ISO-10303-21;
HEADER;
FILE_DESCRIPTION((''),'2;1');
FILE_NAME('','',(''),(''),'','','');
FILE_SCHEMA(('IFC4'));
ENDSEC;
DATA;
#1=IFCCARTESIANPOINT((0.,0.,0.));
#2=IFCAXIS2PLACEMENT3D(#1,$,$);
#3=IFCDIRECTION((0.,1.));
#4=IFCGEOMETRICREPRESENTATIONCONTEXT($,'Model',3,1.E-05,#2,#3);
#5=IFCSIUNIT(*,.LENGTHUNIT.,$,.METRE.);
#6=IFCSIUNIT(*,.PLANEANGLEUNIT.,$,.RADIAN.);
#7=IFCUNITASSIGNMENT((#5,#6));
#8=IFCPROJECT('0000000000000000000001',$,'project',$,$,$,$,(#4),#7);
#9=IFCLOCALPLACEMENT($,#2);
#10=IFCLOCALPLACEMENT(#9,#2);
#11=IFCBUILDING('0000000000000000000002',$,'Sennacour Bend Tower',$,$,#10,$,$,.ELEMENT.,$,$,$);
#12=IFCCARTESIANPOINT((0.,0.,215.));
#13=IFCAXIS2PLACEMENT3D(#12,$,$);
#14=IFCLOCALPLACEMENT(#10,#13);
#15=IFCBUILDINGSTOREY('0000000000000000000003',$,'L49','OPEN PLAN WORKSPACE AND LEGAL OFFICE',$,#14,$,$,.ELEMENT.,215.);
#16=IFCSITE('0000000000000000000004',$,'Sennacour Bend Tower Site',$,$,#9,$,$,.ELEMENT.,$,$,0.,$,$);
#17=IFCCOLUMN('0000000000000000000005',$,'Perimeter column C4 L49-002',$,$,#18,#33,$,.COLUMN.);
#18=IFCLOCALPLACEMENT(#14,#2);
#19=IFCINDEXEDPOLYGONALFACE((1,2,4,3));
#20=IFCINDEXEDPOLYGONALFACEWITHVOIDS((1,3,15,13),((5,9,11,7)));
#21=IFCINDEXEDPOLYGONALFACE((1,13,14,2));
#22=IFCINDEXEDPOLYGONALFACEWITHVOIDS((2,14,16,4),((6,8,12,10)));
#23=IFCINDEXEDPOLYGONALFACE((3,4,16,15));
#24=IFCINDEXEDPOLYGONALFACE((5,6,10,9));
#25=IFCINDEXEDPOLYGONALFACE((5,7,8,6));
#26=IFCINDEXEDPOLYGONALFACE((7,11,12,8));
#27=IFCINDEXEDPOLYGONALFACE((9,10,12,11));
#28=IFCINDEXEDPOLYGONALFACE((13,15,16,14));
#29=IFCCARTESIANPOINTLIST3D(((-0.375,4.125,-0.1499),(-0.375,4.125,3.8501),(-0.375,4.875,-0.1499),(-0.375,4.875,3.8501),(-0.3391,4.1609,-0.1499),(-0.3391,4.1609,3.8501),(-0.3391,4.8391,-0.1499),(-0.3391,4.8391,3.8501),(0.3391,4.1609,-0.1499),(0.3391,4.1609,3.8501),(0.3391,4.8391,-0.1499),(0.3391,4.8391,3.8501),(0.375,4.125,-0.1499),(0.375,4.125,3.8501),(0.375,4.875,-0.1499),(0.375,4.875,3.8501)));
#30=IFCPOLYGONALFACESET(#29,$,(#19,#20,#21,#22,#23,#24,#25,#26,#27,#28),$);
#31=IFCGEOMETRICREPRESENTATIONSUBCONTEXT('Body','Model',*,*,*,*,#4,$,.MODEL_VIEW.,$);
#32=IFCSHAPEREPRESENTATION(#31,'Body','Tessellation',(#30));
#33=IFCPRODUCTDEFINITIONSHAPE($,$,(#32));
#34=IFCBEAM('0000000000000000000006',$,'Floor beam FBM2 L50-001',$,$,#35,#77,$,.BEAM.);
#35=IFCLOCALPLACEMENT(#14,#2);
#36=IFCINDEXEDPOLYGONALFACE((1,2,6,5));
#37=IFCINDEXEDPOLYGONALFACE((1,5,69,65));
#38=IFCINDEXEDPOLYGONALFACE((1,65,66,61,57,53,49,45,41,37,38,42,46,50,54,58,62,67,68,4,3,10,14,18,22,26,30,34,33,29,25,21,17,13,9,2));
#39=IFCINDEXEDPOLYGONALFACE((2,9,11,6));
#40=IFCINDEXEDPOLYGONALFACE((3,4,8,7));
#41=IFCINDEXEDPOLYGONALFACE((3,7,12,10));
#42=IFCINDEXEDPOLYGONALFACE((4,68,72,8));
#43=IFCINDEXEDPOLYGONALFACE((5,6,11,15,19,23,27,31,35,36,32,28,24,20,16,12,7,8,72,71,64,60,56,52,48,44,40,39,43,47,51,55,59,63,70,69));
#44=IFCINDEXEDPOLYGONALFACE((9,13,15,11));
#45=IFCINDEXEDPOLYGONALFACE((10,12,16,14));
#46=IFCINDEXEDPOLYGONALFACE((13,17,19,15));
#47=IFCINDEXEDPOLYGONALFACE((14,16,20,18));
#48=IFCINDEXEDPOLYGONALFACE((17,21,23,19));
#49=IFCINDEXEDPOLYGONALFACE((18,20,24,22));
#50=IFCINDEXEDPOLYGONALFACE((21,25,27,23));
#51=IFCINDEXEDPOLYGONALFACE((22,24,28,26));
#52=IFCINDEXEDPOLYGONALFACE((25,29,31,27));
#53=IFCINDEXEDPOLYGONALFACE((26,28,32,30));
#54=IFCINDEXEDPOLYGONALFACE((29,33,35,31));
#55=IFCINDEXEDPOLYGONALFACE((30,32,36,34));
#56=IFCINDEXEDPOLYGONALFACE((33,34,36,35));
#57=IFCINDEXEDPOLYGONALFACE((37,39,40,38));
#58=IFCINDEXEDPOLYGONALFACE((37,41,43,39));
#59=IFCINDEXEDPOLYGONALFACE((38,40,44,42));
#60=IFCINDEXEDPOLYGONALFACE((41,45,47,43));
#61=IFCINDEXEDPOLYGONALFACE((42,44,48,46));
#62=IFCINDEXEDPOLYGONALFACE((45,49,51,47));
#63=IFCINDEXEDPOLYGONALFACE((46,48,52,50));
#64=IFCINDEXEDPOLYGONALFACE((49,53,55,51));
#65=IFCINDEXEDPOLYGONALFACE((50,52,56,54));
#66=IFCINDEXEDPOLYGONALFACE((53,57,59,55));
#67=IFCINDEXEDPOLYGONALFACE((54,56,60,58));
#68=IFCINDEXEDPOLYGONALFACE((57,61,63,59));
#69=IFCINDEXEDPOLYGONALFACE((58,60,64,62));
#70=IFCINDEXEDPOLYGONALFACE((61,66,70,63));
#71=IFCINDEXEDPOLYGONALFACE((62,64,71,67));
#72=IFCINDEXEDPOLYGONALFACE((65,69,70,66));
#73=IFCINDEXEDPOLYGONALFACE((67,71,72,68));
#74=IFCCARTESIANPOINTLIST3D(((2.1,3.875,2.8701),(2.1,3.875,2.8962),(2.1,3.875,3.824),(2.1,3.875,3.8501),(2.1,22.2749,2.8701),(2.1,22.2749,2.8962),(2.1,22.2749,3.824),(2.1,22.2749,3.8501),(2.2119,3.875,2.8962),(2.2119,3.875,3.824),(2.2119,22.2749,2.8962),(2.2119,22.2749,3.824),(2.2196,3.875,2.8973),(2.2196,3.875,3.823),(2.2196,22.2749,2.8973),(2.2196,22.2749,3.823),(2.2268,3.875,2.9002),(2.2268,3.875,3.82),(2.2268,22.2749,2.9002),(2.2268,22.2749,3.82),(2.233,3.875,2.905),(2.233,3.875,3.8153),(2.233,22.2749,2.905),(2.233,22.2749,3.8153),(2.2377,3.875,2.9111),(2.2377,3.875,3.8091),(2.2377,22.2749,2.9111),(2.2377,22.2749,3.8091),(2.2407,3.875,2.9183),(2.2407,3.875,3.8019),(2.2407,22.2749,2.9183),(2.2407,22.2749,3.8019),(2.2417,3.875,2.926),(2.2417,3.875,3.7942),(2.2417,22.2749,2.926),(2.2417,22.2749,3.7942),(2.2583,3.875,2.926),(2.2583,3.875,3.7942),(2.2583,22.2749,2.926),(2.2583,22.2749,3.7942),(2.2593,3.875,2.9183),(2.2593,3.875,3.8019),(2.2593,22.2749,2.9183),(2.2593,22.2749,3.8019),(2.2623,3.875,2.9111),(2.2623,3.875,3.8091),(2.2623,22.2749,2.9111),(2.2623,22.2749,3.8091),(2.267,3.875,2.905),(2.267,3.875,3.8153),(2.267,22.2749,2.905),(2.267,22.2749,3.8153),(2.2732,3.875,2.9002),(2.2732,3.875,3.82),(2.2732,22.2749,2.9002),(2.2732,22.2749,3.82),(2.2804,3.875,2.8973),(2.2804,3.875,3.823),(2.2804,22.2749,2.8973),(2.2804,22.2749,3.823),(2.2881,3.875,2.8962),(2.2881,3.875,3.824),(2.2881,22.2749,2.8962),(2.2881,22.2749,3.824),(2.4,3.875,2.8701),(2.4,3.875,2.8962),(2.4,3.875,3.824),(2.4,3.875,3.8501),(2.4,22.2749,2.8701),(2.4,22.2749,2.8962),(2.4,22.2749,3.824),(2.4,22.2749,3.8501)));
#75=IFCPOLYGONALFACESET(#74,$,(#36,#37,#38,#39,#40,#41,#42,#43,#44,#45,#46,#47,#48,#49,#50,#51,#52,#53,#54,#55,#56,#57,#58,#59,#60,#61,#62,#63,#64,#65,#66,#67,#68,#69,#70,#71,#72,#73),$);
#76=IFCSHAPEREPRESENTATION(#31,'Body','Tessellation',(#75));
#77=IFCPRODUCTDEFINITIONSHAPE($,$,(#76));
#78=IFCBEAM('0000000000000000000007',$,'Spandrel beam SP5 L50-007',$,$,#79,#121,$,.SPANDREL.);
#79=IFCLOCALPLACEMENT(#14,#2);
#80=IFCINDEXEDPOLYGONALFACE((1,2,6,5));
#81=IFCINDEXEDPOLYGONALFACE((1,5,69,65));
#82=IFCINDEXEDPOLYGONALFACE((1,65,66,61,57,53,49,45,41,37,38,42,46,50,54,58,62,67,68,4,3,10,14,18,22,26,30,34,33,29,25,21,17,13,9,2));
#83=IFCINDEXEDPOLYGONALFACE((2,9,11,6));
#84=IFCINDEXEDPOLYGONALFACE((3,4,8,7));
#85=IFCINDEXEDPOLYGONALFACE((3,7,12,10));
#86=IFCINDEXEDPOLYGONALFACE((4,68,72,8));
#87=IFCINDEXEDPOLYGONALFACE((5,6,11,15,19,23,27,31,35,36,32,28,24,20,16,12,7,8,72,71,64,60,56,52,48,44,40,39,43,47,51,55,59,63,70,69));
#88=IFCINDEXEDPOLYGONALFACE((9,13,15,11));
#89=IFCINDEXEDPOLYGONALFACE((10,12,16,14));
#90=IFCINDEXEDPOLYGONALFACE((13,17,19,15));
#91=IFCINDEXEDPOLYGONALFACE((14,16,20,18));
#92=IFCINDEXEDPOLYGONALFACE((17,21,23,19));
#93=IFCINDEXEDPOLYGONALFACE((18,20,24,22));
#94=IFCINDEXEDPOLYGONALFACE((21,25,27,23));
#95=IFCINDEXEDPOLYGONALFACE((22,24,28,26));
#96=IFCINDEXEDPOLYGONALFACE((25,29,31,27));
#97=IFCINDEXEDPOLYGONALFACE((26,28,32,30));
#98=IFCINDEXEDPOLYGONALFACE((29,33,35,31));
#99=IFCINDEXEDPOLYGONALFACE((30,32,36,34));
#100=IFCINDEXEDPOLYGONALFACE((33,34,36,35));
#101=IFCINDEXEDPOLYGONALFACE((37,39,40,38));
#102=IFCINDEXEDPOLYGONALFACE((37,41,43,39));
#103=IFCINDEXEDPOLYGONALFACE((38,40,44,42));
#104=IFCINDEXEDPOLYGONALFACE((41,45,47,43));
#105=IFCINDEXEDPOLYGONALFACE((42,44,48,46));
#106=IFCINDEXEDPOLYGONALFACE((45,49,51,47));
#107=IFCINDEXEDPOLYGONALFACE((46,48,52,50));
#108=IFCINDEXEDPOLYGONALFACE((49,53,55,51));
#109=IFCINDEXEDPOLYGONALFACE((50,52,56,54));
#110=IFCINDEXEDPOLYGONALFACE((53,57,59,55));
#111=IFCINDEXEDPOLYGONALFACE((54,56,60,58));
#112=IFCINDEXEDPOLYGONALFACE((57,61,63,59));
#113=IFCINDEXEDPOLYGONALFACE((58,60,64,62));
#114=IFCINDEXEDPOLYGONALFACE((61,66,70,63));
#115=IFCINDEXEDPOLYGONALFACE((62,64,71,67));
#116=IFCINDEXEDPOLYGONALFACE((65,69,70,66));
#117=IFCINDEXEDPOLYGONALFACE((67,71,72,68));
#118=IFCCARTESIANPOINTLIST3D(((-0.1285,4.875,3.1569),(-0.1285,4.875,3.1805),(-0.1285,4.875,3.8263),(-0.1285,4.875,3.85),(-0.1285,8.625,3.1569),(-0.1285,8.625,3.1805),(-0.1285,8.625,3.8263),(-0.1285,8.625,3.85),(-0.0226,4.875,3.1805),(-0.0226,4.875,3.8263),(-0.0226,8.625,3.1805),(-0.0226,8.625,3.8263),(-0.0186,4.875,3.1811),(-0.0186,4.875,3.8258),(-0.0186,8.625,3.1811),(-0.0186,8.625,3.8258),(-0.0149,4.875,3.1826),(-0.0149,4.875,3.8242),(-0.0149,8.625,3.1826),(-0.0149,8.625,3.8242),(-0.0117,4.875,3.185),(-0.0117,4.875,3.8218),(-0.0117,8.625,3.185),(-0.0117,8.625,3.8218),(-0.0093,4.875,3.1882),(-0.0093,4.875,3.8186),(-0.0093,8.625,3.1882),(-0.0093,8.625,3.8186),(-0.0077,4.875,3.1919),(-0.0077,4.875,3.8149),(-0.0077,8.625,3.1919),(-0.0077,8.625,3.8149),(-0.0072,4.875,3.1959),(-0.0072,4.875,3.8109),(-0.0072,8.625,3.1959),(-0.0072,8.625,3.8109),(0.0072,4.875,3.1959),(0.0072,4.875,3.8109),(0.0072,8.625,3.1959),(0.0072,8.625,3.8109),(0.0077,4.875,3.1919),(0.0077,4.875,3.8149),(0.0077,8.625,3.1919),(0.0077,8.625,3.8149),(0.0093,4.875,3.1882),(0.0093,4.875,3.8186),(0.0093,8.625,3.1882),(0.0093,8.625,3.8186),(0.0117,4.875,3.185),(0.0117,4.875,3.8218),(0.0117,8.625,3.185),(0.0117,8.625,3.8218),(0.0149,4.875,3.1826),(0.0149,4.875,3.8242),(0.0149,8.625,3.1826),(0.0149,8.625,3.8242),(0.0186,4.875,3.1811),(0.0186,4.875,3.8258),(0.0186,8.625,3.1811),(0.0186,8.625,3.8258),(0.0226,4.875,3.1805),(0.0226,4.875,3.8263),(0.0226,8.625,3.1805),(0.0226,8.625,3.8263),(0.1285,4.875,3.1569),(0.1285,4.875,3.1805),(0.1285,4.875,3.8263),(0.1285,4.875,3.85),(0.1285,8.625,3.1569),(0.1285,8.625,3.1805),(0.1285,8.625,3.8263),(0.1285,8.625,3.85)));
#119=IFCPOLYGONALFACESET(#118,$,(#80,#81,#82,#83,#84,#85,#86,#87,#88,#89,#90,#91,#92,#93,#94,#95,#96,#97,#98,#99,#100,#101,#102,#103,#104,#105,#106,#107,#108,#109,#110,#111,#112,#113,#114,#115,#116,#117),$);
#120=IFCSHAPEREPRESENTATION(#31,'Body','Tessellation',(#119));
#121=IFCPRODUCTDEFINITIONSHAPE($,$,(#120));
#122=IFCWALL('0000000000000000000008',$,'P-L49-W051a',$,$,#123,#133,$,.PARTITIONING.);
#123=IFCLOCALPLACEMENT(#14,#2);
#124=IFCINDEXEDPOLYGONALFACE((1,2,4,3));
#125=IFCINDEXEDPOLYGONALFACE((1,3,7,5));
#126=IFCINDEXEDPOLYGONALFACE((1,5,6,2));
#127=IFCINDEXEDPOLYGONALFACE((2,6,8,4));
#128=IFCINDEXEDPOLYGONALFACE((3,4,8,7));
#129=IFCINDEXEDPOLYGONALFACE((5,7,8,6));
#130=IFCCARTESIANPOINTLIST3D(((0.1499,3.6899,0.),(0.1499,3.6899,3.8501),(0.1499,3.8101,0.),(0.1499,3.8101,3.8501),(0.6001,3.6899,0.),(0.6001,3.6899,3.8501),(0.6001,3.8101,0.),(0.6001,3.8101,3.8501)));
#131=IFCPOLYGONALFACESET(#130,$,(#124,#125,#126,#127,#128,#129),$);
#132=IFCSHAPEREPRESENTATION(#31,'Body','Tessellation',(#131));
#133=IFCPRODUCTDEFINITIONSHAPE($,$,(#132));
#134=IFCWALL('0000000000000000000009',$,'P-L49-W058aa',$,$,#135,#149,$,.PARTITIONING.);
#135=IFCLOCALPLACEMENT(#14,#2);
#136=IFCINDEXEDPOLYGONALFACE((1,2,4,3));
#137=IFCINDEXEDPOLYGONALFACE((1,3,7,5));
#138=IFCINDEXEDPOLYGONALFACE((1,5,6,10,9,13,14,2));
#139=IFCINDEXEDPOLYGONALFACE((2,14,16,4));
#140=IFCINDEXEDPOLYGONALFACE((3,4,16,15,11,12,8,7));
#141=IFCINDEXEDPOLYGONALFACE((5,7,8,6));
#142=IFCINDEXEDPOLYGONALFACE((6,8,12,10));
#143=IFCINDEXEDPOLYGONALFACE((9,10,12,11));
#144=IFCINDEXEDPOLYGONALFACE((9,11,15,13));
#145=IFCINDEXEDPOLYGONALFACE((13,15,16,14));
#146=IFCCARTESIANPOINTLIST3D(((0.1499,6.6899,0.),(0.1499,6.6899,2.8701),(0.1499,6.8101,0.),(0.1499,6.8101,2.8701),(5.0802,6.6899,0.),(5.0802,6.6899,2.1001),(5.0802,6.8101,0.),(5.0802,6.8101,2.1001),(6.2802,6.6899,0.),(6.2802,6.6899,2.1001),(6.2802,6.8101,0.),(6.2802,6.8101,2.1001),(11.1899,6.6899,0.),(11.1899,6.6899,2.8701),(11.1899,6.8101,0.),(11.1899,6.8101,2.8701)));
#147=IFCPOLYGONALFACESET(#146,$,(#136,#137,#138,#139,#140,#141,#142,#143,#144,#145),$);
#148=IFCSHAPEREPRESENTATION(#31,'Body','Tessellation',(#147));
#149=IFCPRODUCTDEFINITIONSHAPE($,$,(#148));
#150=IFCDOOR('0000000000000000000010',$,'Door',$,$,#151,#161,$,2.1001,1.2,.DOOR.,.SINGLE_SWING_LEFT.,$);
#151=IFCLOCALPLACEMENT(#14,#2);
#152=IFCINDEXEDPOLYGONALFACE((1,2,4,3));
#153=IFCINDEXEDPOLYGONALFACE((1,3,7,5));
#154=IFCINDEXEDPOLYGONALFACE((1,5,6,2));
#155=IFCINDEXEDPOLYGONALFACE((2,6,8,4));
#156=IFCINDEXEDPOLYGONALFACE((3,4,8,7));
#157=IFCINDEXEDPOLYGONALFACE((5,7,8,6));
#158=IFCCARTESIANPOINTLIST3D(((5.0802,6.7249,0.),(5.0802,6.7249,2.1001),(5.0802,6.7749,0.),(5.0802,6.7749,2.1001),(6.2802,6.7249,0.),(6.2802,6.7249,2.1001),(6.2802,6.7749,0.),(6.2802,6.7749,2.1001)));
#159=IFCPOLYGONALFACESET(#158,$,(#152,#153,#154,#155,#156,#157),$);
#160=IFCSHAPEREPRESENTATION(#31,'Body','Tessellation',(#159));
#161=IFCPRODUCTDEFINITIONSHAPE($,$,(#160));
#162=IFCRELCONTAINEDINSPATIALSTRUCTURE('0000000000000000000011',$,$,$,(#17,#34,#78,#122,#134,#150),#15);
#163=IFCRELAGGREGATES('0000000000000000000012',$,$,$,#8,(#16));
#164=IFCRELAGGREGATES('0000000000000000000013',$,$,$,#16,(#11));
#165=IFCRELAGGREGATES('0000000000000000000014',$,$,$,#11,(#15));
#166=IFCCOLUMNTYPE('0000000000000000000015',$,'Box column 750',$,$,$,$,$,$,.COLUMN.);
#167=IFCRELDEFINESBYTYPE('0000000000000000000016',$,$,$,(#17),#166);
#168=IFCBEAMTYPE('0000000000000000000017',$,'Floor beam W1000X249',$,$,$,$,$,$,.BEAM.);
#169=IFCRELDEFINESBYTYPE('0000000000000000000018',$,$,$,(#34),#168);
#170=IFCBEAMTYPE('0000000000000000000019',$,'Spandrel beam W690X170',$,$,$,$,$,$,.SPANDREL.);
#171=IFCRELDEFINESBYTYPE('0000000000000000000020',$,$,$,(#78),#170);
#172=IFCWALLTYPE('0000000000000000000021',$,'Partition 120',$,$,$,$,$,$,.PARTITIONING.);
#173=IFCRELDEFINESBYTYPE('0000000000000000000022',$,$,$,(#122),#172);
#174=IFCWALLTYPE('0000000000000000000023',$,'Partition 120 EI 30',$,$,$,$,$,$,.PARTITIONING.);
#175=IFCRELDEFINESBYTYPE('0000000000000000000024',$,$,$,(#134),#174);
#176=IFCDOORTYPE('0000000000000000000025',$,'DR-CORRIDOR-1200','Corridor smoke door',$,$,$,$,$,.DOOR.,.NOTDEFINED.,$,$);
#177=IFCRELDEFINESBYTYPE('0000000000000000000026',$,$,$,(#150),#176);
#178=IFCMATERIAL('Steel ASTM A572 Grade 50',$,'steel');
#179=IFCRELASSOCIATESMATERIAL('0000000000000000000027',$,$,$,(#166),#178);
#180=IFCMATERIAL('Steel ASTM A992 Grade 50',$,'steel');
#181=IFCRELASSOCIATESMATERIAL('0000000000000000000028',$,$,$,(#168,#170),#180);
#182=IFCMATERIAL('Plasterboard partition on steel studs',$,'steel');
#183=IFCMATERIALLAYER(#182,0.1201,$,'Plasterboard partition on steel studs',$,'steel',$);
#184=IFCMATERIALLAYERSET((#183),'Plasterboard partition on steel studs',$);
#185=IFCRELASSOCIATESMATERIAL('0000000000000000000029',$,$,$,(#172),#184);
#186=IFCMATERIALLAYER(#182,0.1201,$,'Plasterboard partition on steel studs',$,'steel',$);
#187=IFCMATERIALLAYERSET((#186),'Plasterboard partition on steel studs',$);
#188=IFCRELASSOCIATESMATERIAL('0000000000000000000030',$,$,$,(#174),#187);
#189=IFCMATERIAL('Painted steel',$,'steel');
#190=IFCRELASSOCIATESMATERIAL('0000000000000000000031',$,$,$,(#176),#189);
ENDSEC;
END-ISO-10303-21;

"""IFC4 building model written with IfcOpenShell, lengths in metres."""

from ifc_helpers import new_model, si_unit, direction, frame, frame_2d, origin, origin_2d, place, context, subcontext, project, spatial, rectangle, hollow_rectangle, i_section, extrude, material, layer, layer_set, material_profile, profile_set, type_object, element, fill, save


model = new_model("IFC4")

# Units and contexts
model_context = context("Model", 3, precision=1e-05, world=origin(), true_north=direction((0.0, 1.0)))
body_context = subcontext(model_context, "Body", "Model", "MODEL_VIEW")
ifc_project = project(units=[si_unit("LENGTHUNIT", "METRE"), si_unit("PLANEANGLEUNIT", "RADIAN")], contexts=[model_context])

# Site, building, storey
site_placement = place(None, origin())
site = spatial("IfcSite", under=ifc_project, at=site_placement, Name="Sennacour Bend Tower Site", CompositionType="ELEMENT", RefElevation=0.0)
building_placement = place(site_placement, origin())
building = spatial("IfcBuilding", under=site, at=building_placement, Name="Sennacour Bend Tower", CompositionType="ELEMENT")
storey_placement = place(building_placement, frame((0.0, 0.0, 215.0)))
storey = spatial("IfcBuildingStorey", under=building, at=storey_placement, Name="L49", Description="OPEN PLAN WORKSPACE AND LEGAL OFFICE", CompositionType="ELEMENT", Elevation=215.0)

# Column
ifc_material_1 = material(Name="Steel ASTM A572 Grade 50", Category="steel")
ifc_material_profile_1 = material_profile(ifc_material_1, hollow_rectangle(XDim=0.75, YDim=0.75, WallThickness=0.0359, at=origin_2d()), Name="Steel ASTM A572 Grade 50", Category="steel")
ifc_profile_set_1 = profile_set([ifc_material_profile_1], Name="Steel ASTM A572 Grade 50")
column_type = type_object("IfcColumnType", Name="Box column 750", PredefinedType="COLUMN", material=ifc_profile_set_1)
column_placement = place(storey_placement, frame((0.0, 4.5, -0.1499), z_axis=(0.0, 0.0, 1.0), x_axis=(1.0, 0.0, 0.0)))
element("IfcColumn", 1, at=column_placement, inside=storey, type_object=column_type, Name="Perimeter column C4 L49-002", PredefinedType="COLUMN", context=body_context, shape_type="SweptSolid", body=[
    extrude(hollow_rectangle(XDim=0.75, YDim=0.75, WallThickness=0.0359, at=origin_2d()), origin(), (0.0, 0.0, 1.0), 4.0),
])

# Beams
ifc_material_2 = material(Name="Steel ASTM A992 Grade 50", Category="steel")
ifc_material_profile_2 = material_profile(ifc_material_2, i_section(OverallWidth=0.3, OverallDepth=0.98, WebThickness=0.0166, FlangeThickness=0.0261, FilletRadius=0.0298, at=origin_2d()), Name="Steel ASTM A992 Grade 50", Category="steel")
ifc_profile_set_2 = profile_set([ifc_material_profile_2], Name="Steel ASTM A992 Grade 50")
beam_type_1 = type_object("IfcBeamType", Name="Floor beam W1000X249", PredefinedType="BEAM", material=ifc_profile_set_2)
beam_1_placement = place(storey_placement, frame((2.25, 3.875, 3.3601), z_axis=(0.0, 1.0, 0.0), x_axis=(-1.0, 0.0, 0.0)))
element("IfcBeam", 2, at=beam_1_placement, inside=storey, type_object=beam_type_1, Name="Floor beam FBM2 L50-001", PredefinedType="BEAM", context=body_context, shape_type="SweptSolid", body=[
    extrude(i_section(OverallWidth=0.3, OverallDepth=0.98, WebThickness=0.0166, FlangeThickness=0.0261, FilletRadius=0.0298, at=origin_2d()), origin(), (0.0, 0.0, 1.0), 18.3999),
])
ifc_material_profile_3 = material_profile(ifc_material_2, i_section(OverallWidth=0.2571, OverallDepth=0.6931, WebThickness=0.0144, FlangeThickness=0.0237, FilletRadius=0.0154, at=origin_2d()), Name="Steel ASTM A992 Grade 50", Category="steel")
ifc_profile_set_3 = profile_set([ifc_material_profile_3], Name="Steel ASTM A992 Grade 50")
beam_type_2 = type_object("IfcBeamType", Name="Spandrel beam W690X170", PredefinedType="SPANDREL", material=ifc_profile_set_3)
beam_2_placement = place(storey_placement, frame((0.0, 4.875, 3.5034), z_axis=(0.0, 1.0, 0.0), x_axis=(-1.0, 0.0, 0.0)))
element("IfcBeam", 3, at=beam_2_placement, inside=storey, type_object=beam_type_2, Name="Spandrel beam SP5 L50-007", PredefinedType="SPANDREL", context=body_context, shape_type="SweptSolid", body=[
    extrude(i_section(OverallWidth=0.2571, OverallDepth=0.6931, WebThickness=0.0144, FlangeThickness=0.0237, FilletRadius=0.0154, at=origin_2d()), origin(), (0.0, 0.0, 1.0), 3.75),
])

# Wall
ifc_material_3 = material(Name="Plasterboard partition on steel studs", Category="steel")
ifc_layer_1 = layer(ifc_material_3, 0.1201, Name="Plasterboard partition on steel studs", Category="steel")
ifc_layer_set_1 = layer_set([ifc_layer_1], Name="Plasterboard partition on steel studs")
wall_type_1 = type_object("IfcWallType", Name="Partition 120", PredefinedType="PARTITIONING", material=ifc_layer_set_1)
wall_1_placement = place(storey_placement, frame((0.1499, 3.75, 0.0), z_axis=(0.0, 0.0, 1.0), x_axis=(1.0, 0.0, 0.0)))
element("IfcWall", 4, at=wall_1_placement, inside=storey, type_object=wall_type_1, Name="P-L49-W051a", PredefinedType="PARTITIONING", context=body_context, shape_type="SweptSolid", body=[
    extrude(rectangle(XDim=0.4502, YDim=0.1201, at=frame_2d((0.2251, 0.0))), origin(), (0.0, 0.0, 1.0), 3.8501),
])

# Wall, opening, door
ifc_layer_2 = layer(ifc_material_3, 0.1201, Name="Plasterboard partition on steel studs", Category="steel")
ifc_layer_set_2 = layer_set([ifc_layer_2], Name="Plasterboard partition on steel studs")
wall_type_2 = type_object("IfcWallType", Name="Partition 120 EI 30", PredefinedType="PARTITIONING", material=ifc_layer_set_2)
wall_2_placement = place(storey_placement, frame((0.1499, 6.75, 0.0), z_axis=(0.0, 0.0, 1.0), x_axis=(1.0, 0.0, 0.0)))
wall_2 = element("IfcWall", 5, at=wall_2_placement, inside=storey, type_object=wall_type_2, Name="P-L49-W058aa", PredefinedType="PARTITIONING", context=body_context, shape_type="SweptSolid", body=[
    extrude(rectangle(XDim=11.04, YDim=0.1201, at=frame_2d((5.52, 0.0))), origin(), (0.0, 0.0, 1.0), 2.8701),
])
opening_1_placement = place(wall_2_placement, frame((4.9302, 0.0, 0.0)))
opening_1 = element("IfcOpeningElement", 6, at=opening_1_placement, cuts=wall_2, PredefinedType="OPENING", context=body_context, shape_type="SweptSolid", body=[
    extrude(rectangle(XDim=1.2, YDim=2.1001, at=frame_2d((0.6001, 1.05))), frame((0.0, 0.0701, 0.0), z_axis=(0.0, -1.0, 0.0), x_axis=(1.0, 0.0, 0.0)), (0.0, 0.0, 1.0), 0.1401),
])
ifc_material_4 = material(Name="Painted steel", Category="steel")
door_type_1 = type_object("IfcDoorType", Name="DR-CORRIDOR-1200", Description="Corridor smoke door", OperationType="NOTDEFINED", PredefinedType="DOOR", material=ifc_material_4)
door_1_placement = place(opening_1_placement, origin())
door_1 = element("IfcDoor", 7, at=door_1_placement, inside=storey, type_object=door_type_1, Name="Door", OperationType="SINGLE_SWING_LEFT", OverallHeight=2.1001, OverallWidth=1.2, PredefinedType="DOOR", context=body_context, shape_type="SweptSolid", body=[
    extrude(rectangle(XDim=1.2, YDim=2.1001, at=frame_2d((0.6001, 1.05))), frame((0.0, 0.0249, 0.0), z_axis=(0.0, -1.0, 0.0), x_axis=(1.0, 0.0, 0.0)), (0.0, 0.0, 1.0), 0.05),
])
fill(opening_1, door_1)

save(model, "model.ifc")
